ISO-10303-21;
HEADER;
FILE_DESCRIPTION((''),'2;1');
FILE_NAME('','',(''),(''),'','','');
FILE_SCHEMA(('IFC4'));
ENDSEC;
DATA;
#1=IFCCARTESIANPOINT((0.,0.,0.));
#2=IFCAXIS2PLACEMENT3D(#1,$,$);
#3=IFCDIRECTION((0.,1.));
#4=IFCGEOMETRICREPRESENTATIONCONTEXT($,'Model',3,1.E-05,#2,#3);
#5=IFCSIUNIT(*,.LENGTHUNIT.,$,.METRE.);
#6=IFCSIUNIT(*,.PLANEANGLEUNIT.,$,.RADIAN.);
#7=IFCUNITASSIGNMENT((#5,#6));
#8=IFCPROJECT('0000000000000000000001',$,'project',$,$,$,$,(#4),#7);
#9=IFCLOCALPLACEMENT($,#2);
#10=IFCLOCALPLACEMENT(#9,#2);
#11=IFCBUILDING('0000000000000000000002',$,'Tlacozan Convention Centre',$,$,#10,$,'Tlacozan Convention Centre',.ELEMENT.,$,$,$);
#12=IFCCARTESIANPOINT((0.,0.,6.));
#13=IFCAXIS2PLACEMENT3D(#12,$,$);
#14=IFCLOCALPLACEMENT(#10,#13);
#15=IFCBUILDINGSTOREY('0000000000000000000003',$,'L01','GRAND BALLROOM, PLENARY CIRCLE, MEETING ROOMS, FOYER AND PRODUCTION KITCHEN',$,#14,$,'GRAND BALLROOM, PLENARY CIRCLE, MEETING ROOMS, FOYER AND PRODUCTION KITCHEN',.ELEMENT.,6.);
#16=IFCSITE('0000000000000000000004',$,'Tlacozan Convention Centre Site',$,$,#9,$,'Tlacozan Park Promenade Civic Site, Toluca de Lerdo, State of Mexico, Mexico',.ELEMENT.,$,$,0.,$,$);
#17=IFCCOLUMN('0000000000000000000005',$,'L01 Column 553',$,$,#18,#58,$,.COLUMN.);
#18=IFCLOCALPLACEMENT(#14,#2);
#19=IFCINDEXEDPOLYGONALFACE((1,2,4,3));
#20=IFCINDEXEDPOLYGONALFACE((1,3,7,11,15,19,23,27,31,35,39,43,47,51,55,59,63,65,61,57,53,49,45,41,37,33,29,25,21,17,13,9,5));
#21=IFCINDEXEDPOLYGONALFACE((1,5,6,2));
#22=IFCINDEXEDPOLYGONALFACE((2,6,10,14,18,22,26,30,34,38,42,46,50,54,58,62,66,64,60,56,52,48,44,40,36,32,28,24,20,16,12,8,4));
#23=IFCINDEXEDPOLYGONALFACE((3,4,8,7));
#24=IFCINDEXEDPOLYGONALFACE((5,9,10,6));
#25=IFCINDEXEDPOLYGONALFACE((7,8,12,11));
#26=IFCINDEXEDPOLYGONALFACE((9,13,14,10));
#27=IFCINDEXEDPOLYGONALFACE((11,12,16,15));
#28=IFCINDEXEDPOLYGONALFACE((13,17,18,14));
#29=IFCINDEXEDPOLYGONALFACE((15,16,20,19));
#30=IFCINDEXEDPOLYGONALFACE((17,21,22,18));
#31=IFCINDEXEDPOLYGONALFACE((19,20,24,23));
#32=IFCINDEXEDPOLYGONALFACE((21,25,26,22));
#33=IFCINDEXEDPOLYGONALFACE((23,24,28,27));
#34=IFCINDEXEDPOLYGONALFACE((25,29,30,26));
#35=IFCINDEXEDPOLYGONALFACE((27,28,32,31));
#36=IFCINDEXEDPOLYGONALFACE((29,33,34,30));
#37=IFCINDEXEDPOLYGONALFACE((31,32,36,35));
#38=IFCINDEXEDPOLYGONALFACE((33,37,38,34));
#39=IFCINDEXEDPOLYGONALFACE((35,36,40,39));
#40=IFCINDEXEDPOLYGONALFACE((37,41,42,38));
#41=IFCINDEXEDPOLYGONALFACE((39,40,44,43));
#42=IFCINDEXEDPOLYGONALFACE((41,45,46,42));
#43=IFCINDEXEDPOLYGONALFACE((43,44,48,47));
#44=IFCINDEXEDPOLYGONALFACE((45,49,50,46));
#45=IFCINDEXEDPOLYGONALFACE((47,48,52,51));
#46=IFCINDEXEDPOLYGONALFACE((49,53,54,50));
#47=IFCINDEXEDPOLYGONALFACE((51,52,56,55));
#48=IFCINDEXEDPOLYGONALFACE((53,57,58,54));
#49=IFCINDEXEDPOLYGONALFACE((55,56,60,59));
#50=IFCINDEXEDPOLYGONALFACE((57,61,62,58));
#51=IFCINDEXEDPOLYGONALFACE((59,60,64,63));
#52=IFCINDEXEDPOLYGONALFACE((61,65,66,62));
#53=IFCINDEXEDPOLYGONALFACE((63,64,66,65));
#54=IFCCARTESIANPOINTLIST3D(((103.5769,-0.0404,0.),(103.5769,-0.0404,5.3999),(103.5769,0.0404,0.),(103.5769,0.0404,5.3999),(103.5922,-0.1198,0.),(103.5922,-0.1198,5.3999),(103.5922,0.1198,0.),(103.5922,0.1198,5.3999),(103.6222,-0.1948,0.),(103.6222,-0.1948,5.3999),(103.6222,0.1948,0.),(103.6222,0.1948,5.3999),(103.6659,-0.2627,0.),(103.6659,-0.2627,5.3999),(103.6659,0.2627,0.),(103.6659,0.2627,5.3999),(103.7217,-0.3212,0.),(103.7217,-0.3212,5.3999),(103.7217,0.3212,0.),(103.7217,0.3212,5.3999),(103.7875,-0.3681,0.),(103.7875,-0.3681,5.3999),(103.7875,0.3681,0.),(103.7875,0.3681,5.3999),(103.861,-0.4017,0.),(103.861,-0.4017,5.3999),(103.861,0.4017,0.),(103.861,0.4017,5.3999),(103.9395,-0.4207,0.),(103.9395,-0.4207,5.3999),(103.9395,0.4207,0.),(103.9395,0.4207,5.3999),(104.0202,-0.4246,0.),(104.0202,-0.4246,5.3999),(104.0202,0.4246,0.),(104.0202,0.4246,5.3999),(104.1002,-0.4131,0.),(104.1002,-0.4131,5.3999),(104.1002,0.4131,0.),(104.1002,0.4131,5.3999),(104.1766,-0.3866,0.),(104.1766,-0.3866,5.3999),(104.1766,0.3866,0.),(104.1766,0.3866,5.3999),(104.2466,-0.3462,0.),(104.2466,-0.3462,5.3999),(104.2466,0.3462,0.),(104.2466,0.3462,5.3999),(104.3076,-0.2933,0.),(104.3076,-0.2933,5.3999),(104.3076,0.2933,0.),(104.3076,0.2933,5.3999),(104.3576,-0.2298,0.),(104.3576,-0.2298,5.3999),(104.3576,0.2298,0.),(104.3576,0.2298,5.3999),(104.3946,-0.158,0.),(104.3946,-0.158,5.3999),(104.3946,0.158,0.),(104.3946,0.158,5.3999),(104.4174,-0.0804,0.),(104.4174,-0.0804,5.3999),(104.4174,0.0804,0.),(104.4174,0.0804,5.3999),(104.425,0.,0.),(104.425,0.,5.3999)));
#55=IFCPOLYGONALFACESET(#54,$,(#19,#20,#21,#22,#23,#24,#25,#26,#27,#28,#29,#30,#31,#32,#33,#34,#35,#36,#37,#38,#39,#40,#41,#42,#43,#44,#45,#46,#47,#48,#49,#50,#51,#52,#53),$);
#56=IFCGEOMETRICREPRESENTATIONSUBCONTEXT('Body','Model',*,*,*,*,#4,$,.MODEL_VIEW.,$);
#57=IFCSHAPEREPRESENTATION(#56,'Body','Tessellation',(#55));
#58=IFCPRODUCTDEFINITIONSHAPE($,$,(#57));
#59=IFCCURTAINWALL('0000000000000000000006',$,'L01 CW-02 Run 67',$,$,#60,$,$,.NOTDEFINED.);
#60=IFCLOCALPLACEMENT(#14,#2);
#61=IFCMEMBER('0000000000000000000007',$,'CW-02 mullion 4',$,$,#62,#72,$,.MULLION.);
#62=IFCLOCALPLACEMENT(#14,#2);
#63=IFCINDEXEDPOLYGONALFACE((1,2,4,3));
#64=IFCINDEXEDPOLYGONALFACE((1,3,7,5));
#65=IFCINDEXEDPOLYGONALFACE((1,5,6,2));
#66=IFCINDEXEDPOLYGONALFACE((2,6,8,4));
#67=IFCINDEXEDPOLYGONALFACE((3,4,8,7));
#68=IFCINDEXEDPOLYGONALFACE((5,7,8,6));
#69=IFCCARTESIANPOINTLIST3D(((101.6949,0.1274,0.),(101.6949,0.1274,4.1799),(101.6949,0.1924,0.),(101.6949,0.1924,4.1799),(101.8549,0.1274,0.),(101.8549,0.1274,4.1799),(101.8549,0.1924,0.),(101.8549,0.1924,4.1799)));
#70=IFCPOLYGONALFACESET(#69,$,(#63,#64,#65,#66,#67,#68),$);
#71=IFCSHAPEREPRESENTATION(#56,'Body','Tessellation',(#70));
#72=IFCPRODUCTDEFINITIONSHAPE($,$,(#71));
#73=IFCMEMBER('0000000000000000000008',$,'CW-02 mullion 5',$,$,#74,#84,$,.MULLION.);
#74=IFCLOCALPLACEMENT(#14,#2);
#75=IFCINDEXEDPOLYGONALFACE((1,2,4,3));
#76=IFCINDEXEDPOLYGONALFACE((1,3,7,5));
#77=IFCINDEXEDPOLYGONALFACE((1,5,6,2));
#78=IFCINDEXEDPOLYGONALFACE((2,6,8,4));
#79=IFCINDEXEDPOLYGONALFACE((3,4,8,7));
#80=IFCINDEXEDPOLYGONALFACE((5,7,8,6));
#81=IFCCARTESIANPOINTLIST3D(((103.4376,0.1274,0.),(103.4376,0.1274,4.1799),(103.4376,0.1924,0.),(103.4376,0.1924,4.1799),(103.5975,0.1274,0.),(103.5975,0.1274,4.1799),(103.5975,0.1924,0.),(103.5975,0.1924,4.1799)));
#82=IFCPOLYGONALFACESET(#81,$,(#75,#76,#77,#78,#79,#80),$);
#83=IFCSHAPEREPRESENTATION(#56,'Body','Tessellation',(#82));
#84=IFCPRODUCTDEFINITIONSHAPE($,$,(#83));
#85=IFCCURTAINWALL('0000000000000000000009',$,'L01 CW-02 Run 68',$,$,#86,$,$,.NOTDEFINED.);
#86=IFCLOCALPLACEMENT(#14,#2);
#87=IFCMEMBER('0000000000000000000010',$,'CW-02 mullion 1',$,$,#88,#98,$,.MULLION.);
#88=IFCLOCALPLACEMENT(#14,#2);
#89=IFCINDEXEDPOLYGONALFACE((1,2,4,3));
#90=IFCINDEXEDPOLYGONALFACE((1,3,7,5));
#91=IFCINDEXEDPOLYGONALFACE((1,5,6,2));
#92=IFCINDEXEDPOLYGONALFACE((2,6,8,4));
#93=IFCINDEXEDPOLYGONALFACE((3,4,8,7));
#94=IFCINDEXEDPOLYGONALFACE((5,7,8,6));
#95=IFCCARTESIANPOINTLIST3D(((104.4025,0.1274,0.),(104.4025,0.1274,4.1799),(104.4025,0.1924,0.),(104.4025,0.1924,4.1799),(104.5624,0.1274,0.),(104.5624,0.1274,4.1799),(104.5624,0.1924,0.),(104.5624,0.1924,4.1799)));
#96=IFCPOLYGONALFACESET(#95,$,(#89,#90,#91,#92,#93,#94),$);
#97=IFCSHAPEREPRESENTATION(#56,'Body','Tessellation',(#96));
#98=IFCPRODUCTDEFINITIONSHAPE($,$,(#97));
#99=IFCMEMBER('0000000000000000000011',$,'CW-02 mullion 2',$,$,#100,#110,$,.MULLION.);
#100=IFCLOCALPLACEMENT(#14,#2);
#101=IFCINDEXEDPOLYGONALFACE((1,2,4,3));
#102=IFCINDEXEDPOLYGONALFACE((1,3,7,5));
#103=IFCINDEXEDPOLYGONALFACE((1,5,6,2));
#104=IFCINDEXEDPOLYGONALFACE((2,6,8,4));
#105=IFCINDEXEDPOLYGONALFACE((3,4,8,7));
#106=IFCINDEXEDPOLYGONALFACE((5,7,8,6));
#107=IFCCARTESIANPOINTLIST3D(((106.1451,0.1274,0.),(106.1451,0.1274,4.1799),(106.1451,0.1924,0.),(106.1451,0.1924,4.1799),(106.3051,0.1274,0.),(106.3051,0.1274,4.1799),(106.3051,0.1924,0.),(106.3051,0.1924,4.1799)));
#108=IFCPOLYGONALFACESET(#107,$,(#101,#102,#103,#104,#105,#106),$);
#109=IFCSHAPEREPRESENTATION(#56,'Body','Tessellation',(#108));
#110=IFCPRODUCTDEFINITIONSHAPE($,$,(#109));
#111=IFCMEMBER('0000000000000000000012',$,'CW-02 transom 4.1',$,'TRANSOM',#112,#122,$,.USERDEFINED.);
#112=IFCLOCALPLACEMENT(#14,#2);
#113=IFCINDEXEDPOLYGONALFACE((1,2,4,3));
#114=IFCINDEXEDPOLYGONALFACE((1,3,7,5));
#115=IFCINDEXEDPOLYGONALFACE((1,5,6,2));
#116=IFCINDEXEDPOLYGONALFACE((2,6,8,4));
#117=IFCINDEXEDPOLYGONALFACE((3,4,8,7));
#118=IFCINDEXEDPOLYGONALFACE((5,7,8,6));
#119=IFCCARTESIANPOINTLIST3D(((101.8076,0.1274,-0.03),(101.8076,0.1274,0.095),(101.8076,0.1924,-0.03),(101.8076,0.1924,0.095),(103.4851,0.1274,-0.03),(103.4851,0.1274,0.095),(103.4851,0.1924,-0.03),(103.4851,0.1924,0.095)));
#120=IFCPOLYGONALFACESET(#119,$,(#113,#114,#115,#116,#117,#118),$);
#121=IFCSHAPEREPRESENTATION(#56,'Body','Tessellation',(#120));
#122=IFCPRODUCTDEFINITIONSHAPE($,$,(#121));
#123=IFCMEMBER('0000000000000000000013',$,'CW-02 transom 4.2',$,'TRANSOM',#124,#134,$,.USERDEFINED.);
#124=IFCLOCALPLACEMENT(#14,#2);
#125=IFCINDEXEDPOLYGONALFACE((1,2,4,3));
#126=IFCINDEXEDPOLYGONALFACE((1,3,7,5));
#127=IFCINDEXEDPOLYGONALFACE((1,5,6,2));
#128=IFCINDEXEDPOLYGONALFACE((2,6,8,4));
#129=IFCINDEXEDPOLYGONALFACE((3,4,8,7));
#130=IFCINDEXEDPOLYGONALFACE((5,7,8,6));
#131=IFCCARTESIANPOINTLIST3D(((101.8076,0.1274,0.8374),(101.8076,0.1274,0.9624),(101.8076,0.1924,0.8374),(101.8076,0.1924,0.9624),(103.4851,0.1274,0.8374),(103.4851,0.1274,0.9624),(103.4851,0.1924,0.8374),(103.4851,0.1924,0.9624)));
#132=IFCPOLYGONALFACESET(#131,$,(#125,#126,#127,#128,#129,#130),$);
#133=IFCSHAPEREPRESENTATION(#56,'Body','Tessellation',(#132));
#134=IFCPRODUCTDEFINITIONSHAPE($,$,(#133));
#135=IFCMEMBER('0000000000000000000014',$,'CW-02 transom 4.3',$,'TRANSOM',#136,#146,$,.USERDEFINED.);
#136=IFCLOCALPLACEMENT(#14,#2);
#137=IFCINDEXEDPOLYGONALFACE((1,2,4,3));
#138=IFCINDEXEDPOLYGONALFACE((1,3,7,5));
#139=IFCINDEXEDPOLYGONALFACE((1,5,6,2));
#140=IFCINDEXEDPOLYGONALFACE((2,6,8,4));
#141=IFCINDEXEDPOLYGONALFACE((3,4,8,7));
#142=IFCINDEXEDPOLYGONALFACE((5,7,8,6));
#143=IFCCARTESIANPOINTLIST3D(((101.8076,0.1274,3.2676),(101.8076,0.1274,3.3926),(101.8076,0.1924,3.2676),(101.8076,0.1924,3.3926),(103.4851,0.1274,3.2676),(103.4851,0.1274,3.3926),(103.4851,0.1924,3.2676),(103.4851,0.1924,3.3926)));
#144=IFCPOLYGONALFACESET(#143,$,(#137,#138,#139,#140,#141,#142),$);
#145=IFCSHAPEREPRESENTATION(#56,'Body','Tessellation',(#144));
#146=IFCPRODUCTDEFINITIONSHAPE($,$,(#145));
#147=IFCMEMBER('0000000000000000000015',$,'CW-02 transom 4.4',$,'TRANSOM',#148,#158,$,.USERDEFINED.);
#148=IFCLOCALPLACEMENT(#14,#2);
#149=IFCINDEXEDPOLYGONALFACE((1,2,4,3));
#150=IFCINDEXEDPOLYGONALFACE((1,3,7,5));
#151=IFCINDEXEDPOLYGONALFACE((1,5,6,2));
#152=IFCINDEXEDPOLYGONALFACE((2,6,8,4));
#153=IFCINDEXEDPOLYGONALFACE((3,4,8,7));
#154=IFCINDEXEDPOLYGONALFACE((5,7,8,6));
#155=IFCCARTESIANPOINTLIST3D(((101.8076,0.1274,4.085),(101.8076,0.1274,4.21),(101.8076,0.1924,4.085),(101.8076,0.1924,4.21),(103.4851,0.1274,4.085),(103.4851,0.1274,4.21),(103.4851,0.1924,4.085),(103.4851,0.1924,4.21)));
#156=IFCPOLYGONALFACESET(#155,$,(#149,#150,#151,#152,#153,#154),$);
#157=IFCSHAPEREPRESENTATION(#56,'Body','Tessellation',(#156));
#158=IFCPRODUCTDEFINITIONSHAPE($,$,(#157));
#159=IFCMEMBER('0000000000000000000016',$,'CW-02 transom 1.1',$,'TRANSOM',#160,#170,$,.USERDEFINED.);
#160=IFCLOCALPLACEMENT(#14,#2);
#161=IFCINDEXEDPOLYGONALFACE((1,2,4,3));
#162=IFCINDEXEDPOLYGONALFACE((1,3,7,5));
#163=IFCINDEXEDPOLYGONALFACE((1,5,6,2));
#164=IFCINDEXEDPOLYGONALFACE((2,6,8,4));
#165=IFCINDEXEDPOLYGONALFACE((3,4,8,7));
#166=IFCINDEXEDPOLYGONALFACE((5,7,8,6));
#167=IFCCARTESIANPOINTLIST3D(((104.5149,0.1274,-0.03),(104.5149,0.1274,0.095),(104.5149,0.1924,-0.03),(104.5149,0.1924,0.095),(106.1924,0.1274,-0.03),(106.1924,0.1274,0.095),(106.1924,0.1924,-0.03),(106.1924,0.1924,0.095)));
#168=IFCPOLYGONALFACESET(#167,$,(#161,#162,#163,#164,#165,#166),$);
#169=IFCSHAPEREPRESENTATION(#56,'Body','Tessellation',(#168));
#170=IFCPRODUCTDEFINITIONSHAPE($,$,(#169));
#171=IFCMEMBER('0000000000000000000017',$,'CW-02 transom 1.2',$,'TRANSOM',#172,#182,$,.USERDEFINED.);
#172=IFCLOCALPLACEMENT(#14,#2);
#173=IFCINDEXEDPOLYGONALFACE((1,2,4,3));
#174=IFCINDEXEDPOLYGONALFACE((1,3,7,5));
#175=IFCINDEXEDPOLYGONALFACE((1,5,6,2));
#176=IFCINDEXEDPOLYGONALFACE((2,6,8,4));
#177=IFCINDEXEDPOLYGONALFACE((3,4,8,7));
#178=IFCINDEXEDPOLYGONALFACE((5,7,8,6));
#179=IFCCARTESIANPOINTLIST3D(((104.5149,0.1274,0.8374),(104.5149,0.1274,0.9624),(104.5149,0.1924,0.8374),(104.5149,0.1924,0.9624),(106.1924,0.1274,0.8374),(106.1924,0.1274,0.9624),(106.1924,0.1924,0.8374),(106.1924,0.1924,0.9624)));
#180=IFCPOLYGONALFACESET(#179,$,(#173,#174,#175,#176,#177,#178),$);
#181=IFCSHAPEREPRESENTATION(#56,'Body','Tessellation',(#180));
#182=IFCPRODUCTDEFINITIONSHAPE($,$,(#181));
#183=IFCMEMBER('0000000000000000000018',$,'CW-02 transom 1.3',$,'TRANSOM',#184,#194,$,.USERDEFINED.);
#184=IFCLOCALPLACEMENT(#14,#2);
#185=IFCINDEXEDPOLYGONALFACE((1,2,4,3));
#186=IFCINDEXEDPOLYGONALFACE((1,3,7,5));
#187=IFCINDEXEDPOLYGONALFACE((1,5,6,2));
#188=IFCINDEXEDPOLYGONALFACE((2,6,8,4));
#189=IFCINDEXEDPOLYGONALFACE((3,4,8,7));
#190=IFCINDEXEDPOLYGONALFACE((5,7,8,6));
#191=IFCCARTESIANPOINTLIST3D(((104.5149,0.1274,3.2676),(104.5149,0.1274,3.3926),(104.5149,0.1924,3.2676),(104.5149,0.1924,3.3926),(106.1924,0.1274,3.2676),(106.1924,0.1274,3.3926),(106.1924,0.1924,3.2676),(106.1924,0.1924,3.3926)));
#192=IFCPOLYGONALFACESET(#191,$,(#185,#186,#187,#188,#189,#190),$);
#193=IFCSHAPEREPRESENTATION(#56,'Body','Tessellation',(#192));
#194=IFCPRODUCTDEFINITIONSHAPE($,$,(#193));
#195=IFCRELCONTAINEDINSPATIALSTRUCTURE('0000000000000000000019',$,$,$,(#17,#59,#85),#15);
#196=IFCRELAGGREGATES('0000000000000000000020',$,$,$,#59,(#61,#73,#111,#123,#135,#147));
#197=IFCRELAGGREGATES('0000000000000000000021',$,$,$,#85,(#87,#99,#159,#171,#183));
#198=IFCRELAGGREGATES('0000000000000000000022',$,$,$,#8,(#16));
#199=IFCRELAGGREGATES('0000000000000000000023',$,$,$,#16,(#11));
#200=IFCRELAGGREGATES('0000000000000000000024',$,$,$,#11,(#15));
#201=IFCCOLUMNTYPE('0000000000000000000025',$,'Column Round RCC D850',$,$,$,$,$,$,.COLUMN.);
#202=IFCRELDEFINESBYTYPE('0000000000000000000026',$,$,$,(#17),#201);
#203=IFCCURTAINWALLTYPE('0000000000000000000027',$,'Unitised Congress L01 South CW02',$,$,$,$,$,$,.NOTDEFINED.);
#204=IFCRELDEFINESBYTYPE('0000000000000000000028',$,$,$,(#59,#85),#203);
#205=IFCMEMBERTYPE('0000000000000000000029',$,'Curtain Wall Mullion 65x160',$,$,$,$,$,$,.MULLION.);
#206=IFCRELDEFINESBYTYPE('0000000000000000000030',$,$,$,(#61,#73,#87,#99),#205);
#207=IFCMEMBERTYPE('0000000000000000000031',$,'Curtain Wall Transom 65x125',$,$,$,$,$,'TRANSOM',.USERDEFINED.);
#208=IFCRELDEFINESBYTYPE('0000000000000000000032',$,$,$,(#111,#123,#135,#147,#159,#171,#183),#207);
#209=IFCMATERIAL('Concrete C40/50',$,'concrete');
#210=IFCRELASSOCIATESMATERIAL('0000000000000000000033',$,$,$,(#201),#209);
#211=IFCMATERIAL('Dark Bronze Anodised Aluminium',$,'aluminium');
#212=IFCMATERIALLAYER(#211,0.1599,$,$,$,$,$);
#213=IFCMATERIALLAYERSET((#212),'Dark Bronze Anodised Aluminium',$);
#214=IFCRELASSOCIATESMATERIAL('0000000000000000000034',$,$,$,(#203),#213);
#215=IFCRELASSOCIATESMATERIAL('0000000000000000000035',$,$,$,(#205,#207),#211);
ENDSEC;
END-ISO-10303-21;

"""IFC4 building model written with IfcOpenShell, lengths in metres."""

from ifc_helpers import new_model, si_unit, direction, frame, origin, origin_2d, place, context, subcontext, project, spatial, rectangle, circle, extrude, material, layer, layer_set, material_profile, profile_set, type_object, element, aggregate, save


model = new_model("IFC4")

# Units and contexts
model_context = context("Model", 3, precision=1e-05, world=origin(), true_north=direction((0.0, 1.0)))
body_context = subcontext(model_context, "Body", "Model", "MODEL_VIEW")
ifc_project = project(units=[si_unit("LENGTHUNIT", "METRE"), si_unit("PLANEANGLEUNIT", "RADIAN")], contexts=[model_context])

# Site, building, storey
site_placement = place(None, origin())
site = spatial("IfcSite", under=ifc_project, at=site_placement, Name="Tlacozan Convention Centre Site", LongName="Tlacozan Park Promenade Civic Site, Toluca de Lerdo, State of Mexico, Mexico", CompositionType="ELEMENT", RefElevation=0.0)
building_placement = place(site_placement, origin())
building = spatial("IfcBuilding", under=site, at=building_placement, Name="Tlacozan Convention Centre", LongName="Tlacozan Convention Centre", CompositionType="ELEMENT")
storey_placement = place(building_placement, frame((0.0, 0.0, 6.0)))
storey = spatial("IfcBuildingStorey", under=building, at=storey_placement, Name="L01", Description="GRAND BALLROOM, PLENARY CIRCLE, MEETING ROOMS, FOYER AND PRODUCTION KITCHEN", LongName="GRAND BALLROOM, PLENARY CIRCLE, MEETING ROOMS, FOYER AND PRODUCTION KITCHEN", CompositionType="ELEMENT", Elevation=6.0)

# Column
ifc_material_1 = material(Name="Concrete C40/50", Category="concrete")
ifc_material_profile_1 = material_profile(ifc_material_1, circle(Radius=0.425, at=origin_2d()), Name="RCC D850")
ifc_profile_set_1 = profile_set([ifc_material_profile_1], Name="Concrete C40/50")
column_type = type_object("IfcColumnType", Name="Column Round RCC D850", PredefinedType="COLUMN", material=ifc_profile_set_1)
column_placement = place(storey_placement, frame((104.0, 0.0, 0.0), z_axis=(0.0, 0.0, 1.0), x_axis=(1.0, 0.0, 0.0)))
element("IfcColumn", 1, at=column_placement, inside=storey, type_object=column_type, Name="L01 Column 553", PredefinedType="COLUMN", context=body_context, shape_type="SweptSolid", body=[
    extrude(circle(Radius=0.425, at=origin_2d()), origin(), (0.0, 0.0, 1.0), 5.3999),
])

# Curtain walls, members
ifc_material_2 = material(Name="Dark Bronze Anodised Aluminium", Category="aluminium")
ifc_layer_1 = layer(ifc_material_2, 0.1599)
ifc_layer_set_1 = layer_set([ifc_layer_1], Name="Dark Bronze Anodised Aluminium")
curtain_wall_type = type_object("IfcCurtainWallType", Name="Unitised Congress L01 South CW02", PredefinedType="NOTDEFINED", material=ifc_layer_set_1)
curtain_wall_1_placement = place(storey_placement, origin())
curtain_wall_1 = element("IfcCurtainWall", 2, at=curtain_wall_1_placement, inside=storey, type_object=curtain_wall_type, Name="L01 CW-02 Run 67", PredefinedType="NOTDEFINED")
ifc_material_profile_2 = material_profile(ifc_material_2, rectangle(XDim=0.0649, YDim=0.1599, at=origin_2d()), Name="ALU 65x160")
ifc_profile_set_2 = profile_set([ifc_material_profile_2], Name="Dark Bronze Anodised Aluminium")
member_type_1 = type_object("IfcMemberType", Name="Curtain Wall Mullion 65x160", PredefinedType="MULLION", material=ifc_profile_set_2)
member_1_placement = place(storey_placement, frame((101.7749, 0.1599, 0.0), z_axis=(0.0, 0.0, 1.0), x_axis=(0.0, 1.0, 0.0)))
member_1 = element("IfcMember", 3, at=member_1_placement, type_object=member_type_1, Name="CW-02 mullion 4", PredefinedType="MULLION", context=body_context, shape_type="SweptSolid", body=[
    extrude(rectangle(XDim=0.0649, YDim=0.1599, at=origin_2d()), origin(), (0.0, 0.0, 1.0), 4.1799),
])
member_2_placement = place(storey_placement, frame((103.5176, 0.1599, 0.0), z_axis=(0.0, 0.0, 1.0), x_axis=(0.0, 1.0, 0.0)))
member_2 = element("IfcMember", 4, at=member_2_placement, type_object=member_type_1, Name="CW-02 mullion 5", PredefinedType="MULLION", context=body_context, shape_type="SweptSolid", body=[
    extrude(rectangle(XDim=0.0649, YDim=0.1599, at=origin_2d()), origin(), (0.0, 0.0, 1.0), 4.1799),
])
curtain_wall_2_placement = place(storey_placement, origin())
curtain_wall_2 = element("IfcCurtainWall", 5, at=curtain_wall_2_placement, inside=storey, type_object=curtain_wall_type, Name="L01 CW-02 Run 68", PredefinedType="NOTDEFINED")
member_3_placement = place(storey_placement, frame((104.4824, 0.1599, 0.0), z_axis=(0.0, 0.0, 1.0), x_axis=(0.0, 1.0, 0.0)))
member_3 = element("IfcMember", 6, at=member_3_placement, type_object=member_type_1, Name="CW-02 mullion 1", PredefinedType="MULLION", context=body_context, shape_type="SweptSolid", body=[
    extrude(rectangle(XDim=0.0649, YDim=0.1599, at=origin_2d()), origin(), (0.0, 0.0, 1.0), 4.1799),
])
member_4_placement = place(storey_placement, frame((106.2251, 0.1599, 0.0), z_axis=(0.0, 0.0, 1.0), x_axis=(0.0, 1.0, 0.0)))
member_4 = element("IfcMember", 7, at=member_4_placement, type_object=member_type_1, Name="CW-02 mullion 2", PredefinedType="MULLION", context=body_context, shape_type="SweptSolid", body=[
    extrude(rectangle(XDim=0.0649, YDim=0.1599, at=origin_2d()), origin(), (0.0, 0.0, 1.0), 4.1799),
])

# Members
ifc_material_profile_3 = material_profile(ifc_material_2, rectangle(XDim=0.0649, YDim=0.125, at=origin_2d()), Name="ALU 65x125")
ifc_profile_set_3 = profile_set([ifc_material_profile_3], Name="Dark Bronze Anodised Aluminium")
member_type_2 = type_object("IfcMemberType", Name="Curtain Wall Transom 65x125", ElementType="TRANSOM", PredefinedType="USERDEFINED", material=ifc_profile_set_3)
member_5_placement = place(storey_placement, frame((101.8076, 0.1599, 0.0325), z_axis=(1.0, 0.0, 0.0), x_axis=(0.0, 1.0, 0.0)))
member_5 = element("IfcMember", 8, at=member_5_placement, type_object=member_type_2, Name="CW-02 transom 4.1", ObjectType="TRANSOM", PredefinedType="USERDEFINED", context=body_context, shape_type="SweptSolid", body=[
    extrude(rectangle(XDim=0.0649, YDim=0.125, at=origin_2d()), origin(), (0.0, 0.0, 1.0), 1.6775),
])
member_6_placement = place(storey_placement, frame((101.8076, 0.1599, 0.8999), z_axis=(1.0, 0.0, 0.0), x_axis=(0.0, 1.0, 0.0)))
member_6 = element("IfcMember", 9, at=member_6_placement, type_object=member_type_2, Name="CW-02 transom 4.2", ObjectType="TRANSOM", PredefinedType="USERDEFINED", context=body_context, shape_type="SweptSolid", body=[
    extrude(rectangle(XDim=0.0649, YDim=0.125, at=origin_2d()), origin(), (0.0, 0.0, 1.0), 1.6775),
])
member_7_placement = place(storey_placement, frame((101.8076, 0.1599, 3.3301), z_axis=(1.0, 0.0, 0.0), x_axis=(0.0, 1.0, 0.0)))
member_7 = element("IfcMember", 10, at=member_7_placement, type_object=member_type_2, Name="CW-02 transom 4.3", ObjectType="TRANSOM", PredefinedType="USERDEFINED", context=body_context, shape_type="SweptSolid", body=[
    extrude(rectangle(XDim=0.0649, YDim=0.125, at=origin_2d()), origin(), (0.0, 0.0, 1.0), 1.6775),
])
member_8_placement = place(storey_placement, frame((101.8076, 0.1599, 4.1475), z_axis=(1.0, 0.0, 0.0), x_axis=(0.0, 1.0, 0.0)))
member_8 = element("IfcMember", 11, at=member_8_placement, type_object=member_type_2, Name="CW-02 transom 4.4", ObjectType="TRANSOM", PredefinedType="USERDEFINED", context=body_context, shape_type="SweptSolid", body=[
    extrude(rectangle(XDim=0.0649, YDim=0.125, at=origin_2d()), origin(), (0.0, 0.0, 1.0), 1.6775),
])
member_9_placement = place(storey_placement, frame((104.5149, 0.1599, 0.0325), z_axis=(1.0, 0.0, 0.0), x_axis=(0.0, 1.0, 0.0)))
member_9 = element("IfcMember", 12, at=member_9_placement, type_object=member_type_2, Name="CW-02 transom 1.1", ObjectType="TRANSOM", PredefinedType="USERDEFINED", context=body_context, shape_type="SweptSolid", body=[
    extrude(rectangle(XDim=0.0649, YDim=0.125, at=origin_2d()), origin(), (0.0, 0.0, 1.0), 1.6775),
])
member_10_placement = place(storey_placement, frame((104.5149, 0.1599, 0.8999), z_axis=(1.0, 0.0, 0.0), x_axis=(0.0, 1.0, 0.0)))
member_10 = element("IfcMember", 13, at=member_10_placement, type_object=member_type_2, Name="CW-02 transom 1.2", ObjectType="TRANSOM", PredefinedType="USERDEFINED", context=body_context, shape_type="SweptSolid", body=[
    extrude(rectangle(XDim=0.0649, YDim=0.125, at=origin_2d()), origin(), (0.0, 0.0, 1.0), 1.6775),
])
member_11_placement = place(storey_placement, frame((104.5149, 0.1599, 3.3301), z_axis=(1.0, 0.0, 0.0), x_axis=(0.0, 1.0, 0.0)))
member_11 = element("IfcMember", 14, at=member_11_placement, type_object=member_type_2, Name="CW-02 transom 1.3", ObjectType="TRANSOM", PredefinedType="USERDEFINED", context=body_context, shape_type="SweptSolid", body=[
    extrude(rectangle(XDim=0.0649, YDim=0.125, at=origin_2d()), origin(), (0.0, 0.0, 1.0), 1.6775),
])

aggregate(curtain_wall_1, [member_1, member_2, member_5, member_6, member_7, member_8])
aggregate(curtain_wall_2, [member_3, member_4, member_9, member_10, member_11])

save(model, "model.ifc")
